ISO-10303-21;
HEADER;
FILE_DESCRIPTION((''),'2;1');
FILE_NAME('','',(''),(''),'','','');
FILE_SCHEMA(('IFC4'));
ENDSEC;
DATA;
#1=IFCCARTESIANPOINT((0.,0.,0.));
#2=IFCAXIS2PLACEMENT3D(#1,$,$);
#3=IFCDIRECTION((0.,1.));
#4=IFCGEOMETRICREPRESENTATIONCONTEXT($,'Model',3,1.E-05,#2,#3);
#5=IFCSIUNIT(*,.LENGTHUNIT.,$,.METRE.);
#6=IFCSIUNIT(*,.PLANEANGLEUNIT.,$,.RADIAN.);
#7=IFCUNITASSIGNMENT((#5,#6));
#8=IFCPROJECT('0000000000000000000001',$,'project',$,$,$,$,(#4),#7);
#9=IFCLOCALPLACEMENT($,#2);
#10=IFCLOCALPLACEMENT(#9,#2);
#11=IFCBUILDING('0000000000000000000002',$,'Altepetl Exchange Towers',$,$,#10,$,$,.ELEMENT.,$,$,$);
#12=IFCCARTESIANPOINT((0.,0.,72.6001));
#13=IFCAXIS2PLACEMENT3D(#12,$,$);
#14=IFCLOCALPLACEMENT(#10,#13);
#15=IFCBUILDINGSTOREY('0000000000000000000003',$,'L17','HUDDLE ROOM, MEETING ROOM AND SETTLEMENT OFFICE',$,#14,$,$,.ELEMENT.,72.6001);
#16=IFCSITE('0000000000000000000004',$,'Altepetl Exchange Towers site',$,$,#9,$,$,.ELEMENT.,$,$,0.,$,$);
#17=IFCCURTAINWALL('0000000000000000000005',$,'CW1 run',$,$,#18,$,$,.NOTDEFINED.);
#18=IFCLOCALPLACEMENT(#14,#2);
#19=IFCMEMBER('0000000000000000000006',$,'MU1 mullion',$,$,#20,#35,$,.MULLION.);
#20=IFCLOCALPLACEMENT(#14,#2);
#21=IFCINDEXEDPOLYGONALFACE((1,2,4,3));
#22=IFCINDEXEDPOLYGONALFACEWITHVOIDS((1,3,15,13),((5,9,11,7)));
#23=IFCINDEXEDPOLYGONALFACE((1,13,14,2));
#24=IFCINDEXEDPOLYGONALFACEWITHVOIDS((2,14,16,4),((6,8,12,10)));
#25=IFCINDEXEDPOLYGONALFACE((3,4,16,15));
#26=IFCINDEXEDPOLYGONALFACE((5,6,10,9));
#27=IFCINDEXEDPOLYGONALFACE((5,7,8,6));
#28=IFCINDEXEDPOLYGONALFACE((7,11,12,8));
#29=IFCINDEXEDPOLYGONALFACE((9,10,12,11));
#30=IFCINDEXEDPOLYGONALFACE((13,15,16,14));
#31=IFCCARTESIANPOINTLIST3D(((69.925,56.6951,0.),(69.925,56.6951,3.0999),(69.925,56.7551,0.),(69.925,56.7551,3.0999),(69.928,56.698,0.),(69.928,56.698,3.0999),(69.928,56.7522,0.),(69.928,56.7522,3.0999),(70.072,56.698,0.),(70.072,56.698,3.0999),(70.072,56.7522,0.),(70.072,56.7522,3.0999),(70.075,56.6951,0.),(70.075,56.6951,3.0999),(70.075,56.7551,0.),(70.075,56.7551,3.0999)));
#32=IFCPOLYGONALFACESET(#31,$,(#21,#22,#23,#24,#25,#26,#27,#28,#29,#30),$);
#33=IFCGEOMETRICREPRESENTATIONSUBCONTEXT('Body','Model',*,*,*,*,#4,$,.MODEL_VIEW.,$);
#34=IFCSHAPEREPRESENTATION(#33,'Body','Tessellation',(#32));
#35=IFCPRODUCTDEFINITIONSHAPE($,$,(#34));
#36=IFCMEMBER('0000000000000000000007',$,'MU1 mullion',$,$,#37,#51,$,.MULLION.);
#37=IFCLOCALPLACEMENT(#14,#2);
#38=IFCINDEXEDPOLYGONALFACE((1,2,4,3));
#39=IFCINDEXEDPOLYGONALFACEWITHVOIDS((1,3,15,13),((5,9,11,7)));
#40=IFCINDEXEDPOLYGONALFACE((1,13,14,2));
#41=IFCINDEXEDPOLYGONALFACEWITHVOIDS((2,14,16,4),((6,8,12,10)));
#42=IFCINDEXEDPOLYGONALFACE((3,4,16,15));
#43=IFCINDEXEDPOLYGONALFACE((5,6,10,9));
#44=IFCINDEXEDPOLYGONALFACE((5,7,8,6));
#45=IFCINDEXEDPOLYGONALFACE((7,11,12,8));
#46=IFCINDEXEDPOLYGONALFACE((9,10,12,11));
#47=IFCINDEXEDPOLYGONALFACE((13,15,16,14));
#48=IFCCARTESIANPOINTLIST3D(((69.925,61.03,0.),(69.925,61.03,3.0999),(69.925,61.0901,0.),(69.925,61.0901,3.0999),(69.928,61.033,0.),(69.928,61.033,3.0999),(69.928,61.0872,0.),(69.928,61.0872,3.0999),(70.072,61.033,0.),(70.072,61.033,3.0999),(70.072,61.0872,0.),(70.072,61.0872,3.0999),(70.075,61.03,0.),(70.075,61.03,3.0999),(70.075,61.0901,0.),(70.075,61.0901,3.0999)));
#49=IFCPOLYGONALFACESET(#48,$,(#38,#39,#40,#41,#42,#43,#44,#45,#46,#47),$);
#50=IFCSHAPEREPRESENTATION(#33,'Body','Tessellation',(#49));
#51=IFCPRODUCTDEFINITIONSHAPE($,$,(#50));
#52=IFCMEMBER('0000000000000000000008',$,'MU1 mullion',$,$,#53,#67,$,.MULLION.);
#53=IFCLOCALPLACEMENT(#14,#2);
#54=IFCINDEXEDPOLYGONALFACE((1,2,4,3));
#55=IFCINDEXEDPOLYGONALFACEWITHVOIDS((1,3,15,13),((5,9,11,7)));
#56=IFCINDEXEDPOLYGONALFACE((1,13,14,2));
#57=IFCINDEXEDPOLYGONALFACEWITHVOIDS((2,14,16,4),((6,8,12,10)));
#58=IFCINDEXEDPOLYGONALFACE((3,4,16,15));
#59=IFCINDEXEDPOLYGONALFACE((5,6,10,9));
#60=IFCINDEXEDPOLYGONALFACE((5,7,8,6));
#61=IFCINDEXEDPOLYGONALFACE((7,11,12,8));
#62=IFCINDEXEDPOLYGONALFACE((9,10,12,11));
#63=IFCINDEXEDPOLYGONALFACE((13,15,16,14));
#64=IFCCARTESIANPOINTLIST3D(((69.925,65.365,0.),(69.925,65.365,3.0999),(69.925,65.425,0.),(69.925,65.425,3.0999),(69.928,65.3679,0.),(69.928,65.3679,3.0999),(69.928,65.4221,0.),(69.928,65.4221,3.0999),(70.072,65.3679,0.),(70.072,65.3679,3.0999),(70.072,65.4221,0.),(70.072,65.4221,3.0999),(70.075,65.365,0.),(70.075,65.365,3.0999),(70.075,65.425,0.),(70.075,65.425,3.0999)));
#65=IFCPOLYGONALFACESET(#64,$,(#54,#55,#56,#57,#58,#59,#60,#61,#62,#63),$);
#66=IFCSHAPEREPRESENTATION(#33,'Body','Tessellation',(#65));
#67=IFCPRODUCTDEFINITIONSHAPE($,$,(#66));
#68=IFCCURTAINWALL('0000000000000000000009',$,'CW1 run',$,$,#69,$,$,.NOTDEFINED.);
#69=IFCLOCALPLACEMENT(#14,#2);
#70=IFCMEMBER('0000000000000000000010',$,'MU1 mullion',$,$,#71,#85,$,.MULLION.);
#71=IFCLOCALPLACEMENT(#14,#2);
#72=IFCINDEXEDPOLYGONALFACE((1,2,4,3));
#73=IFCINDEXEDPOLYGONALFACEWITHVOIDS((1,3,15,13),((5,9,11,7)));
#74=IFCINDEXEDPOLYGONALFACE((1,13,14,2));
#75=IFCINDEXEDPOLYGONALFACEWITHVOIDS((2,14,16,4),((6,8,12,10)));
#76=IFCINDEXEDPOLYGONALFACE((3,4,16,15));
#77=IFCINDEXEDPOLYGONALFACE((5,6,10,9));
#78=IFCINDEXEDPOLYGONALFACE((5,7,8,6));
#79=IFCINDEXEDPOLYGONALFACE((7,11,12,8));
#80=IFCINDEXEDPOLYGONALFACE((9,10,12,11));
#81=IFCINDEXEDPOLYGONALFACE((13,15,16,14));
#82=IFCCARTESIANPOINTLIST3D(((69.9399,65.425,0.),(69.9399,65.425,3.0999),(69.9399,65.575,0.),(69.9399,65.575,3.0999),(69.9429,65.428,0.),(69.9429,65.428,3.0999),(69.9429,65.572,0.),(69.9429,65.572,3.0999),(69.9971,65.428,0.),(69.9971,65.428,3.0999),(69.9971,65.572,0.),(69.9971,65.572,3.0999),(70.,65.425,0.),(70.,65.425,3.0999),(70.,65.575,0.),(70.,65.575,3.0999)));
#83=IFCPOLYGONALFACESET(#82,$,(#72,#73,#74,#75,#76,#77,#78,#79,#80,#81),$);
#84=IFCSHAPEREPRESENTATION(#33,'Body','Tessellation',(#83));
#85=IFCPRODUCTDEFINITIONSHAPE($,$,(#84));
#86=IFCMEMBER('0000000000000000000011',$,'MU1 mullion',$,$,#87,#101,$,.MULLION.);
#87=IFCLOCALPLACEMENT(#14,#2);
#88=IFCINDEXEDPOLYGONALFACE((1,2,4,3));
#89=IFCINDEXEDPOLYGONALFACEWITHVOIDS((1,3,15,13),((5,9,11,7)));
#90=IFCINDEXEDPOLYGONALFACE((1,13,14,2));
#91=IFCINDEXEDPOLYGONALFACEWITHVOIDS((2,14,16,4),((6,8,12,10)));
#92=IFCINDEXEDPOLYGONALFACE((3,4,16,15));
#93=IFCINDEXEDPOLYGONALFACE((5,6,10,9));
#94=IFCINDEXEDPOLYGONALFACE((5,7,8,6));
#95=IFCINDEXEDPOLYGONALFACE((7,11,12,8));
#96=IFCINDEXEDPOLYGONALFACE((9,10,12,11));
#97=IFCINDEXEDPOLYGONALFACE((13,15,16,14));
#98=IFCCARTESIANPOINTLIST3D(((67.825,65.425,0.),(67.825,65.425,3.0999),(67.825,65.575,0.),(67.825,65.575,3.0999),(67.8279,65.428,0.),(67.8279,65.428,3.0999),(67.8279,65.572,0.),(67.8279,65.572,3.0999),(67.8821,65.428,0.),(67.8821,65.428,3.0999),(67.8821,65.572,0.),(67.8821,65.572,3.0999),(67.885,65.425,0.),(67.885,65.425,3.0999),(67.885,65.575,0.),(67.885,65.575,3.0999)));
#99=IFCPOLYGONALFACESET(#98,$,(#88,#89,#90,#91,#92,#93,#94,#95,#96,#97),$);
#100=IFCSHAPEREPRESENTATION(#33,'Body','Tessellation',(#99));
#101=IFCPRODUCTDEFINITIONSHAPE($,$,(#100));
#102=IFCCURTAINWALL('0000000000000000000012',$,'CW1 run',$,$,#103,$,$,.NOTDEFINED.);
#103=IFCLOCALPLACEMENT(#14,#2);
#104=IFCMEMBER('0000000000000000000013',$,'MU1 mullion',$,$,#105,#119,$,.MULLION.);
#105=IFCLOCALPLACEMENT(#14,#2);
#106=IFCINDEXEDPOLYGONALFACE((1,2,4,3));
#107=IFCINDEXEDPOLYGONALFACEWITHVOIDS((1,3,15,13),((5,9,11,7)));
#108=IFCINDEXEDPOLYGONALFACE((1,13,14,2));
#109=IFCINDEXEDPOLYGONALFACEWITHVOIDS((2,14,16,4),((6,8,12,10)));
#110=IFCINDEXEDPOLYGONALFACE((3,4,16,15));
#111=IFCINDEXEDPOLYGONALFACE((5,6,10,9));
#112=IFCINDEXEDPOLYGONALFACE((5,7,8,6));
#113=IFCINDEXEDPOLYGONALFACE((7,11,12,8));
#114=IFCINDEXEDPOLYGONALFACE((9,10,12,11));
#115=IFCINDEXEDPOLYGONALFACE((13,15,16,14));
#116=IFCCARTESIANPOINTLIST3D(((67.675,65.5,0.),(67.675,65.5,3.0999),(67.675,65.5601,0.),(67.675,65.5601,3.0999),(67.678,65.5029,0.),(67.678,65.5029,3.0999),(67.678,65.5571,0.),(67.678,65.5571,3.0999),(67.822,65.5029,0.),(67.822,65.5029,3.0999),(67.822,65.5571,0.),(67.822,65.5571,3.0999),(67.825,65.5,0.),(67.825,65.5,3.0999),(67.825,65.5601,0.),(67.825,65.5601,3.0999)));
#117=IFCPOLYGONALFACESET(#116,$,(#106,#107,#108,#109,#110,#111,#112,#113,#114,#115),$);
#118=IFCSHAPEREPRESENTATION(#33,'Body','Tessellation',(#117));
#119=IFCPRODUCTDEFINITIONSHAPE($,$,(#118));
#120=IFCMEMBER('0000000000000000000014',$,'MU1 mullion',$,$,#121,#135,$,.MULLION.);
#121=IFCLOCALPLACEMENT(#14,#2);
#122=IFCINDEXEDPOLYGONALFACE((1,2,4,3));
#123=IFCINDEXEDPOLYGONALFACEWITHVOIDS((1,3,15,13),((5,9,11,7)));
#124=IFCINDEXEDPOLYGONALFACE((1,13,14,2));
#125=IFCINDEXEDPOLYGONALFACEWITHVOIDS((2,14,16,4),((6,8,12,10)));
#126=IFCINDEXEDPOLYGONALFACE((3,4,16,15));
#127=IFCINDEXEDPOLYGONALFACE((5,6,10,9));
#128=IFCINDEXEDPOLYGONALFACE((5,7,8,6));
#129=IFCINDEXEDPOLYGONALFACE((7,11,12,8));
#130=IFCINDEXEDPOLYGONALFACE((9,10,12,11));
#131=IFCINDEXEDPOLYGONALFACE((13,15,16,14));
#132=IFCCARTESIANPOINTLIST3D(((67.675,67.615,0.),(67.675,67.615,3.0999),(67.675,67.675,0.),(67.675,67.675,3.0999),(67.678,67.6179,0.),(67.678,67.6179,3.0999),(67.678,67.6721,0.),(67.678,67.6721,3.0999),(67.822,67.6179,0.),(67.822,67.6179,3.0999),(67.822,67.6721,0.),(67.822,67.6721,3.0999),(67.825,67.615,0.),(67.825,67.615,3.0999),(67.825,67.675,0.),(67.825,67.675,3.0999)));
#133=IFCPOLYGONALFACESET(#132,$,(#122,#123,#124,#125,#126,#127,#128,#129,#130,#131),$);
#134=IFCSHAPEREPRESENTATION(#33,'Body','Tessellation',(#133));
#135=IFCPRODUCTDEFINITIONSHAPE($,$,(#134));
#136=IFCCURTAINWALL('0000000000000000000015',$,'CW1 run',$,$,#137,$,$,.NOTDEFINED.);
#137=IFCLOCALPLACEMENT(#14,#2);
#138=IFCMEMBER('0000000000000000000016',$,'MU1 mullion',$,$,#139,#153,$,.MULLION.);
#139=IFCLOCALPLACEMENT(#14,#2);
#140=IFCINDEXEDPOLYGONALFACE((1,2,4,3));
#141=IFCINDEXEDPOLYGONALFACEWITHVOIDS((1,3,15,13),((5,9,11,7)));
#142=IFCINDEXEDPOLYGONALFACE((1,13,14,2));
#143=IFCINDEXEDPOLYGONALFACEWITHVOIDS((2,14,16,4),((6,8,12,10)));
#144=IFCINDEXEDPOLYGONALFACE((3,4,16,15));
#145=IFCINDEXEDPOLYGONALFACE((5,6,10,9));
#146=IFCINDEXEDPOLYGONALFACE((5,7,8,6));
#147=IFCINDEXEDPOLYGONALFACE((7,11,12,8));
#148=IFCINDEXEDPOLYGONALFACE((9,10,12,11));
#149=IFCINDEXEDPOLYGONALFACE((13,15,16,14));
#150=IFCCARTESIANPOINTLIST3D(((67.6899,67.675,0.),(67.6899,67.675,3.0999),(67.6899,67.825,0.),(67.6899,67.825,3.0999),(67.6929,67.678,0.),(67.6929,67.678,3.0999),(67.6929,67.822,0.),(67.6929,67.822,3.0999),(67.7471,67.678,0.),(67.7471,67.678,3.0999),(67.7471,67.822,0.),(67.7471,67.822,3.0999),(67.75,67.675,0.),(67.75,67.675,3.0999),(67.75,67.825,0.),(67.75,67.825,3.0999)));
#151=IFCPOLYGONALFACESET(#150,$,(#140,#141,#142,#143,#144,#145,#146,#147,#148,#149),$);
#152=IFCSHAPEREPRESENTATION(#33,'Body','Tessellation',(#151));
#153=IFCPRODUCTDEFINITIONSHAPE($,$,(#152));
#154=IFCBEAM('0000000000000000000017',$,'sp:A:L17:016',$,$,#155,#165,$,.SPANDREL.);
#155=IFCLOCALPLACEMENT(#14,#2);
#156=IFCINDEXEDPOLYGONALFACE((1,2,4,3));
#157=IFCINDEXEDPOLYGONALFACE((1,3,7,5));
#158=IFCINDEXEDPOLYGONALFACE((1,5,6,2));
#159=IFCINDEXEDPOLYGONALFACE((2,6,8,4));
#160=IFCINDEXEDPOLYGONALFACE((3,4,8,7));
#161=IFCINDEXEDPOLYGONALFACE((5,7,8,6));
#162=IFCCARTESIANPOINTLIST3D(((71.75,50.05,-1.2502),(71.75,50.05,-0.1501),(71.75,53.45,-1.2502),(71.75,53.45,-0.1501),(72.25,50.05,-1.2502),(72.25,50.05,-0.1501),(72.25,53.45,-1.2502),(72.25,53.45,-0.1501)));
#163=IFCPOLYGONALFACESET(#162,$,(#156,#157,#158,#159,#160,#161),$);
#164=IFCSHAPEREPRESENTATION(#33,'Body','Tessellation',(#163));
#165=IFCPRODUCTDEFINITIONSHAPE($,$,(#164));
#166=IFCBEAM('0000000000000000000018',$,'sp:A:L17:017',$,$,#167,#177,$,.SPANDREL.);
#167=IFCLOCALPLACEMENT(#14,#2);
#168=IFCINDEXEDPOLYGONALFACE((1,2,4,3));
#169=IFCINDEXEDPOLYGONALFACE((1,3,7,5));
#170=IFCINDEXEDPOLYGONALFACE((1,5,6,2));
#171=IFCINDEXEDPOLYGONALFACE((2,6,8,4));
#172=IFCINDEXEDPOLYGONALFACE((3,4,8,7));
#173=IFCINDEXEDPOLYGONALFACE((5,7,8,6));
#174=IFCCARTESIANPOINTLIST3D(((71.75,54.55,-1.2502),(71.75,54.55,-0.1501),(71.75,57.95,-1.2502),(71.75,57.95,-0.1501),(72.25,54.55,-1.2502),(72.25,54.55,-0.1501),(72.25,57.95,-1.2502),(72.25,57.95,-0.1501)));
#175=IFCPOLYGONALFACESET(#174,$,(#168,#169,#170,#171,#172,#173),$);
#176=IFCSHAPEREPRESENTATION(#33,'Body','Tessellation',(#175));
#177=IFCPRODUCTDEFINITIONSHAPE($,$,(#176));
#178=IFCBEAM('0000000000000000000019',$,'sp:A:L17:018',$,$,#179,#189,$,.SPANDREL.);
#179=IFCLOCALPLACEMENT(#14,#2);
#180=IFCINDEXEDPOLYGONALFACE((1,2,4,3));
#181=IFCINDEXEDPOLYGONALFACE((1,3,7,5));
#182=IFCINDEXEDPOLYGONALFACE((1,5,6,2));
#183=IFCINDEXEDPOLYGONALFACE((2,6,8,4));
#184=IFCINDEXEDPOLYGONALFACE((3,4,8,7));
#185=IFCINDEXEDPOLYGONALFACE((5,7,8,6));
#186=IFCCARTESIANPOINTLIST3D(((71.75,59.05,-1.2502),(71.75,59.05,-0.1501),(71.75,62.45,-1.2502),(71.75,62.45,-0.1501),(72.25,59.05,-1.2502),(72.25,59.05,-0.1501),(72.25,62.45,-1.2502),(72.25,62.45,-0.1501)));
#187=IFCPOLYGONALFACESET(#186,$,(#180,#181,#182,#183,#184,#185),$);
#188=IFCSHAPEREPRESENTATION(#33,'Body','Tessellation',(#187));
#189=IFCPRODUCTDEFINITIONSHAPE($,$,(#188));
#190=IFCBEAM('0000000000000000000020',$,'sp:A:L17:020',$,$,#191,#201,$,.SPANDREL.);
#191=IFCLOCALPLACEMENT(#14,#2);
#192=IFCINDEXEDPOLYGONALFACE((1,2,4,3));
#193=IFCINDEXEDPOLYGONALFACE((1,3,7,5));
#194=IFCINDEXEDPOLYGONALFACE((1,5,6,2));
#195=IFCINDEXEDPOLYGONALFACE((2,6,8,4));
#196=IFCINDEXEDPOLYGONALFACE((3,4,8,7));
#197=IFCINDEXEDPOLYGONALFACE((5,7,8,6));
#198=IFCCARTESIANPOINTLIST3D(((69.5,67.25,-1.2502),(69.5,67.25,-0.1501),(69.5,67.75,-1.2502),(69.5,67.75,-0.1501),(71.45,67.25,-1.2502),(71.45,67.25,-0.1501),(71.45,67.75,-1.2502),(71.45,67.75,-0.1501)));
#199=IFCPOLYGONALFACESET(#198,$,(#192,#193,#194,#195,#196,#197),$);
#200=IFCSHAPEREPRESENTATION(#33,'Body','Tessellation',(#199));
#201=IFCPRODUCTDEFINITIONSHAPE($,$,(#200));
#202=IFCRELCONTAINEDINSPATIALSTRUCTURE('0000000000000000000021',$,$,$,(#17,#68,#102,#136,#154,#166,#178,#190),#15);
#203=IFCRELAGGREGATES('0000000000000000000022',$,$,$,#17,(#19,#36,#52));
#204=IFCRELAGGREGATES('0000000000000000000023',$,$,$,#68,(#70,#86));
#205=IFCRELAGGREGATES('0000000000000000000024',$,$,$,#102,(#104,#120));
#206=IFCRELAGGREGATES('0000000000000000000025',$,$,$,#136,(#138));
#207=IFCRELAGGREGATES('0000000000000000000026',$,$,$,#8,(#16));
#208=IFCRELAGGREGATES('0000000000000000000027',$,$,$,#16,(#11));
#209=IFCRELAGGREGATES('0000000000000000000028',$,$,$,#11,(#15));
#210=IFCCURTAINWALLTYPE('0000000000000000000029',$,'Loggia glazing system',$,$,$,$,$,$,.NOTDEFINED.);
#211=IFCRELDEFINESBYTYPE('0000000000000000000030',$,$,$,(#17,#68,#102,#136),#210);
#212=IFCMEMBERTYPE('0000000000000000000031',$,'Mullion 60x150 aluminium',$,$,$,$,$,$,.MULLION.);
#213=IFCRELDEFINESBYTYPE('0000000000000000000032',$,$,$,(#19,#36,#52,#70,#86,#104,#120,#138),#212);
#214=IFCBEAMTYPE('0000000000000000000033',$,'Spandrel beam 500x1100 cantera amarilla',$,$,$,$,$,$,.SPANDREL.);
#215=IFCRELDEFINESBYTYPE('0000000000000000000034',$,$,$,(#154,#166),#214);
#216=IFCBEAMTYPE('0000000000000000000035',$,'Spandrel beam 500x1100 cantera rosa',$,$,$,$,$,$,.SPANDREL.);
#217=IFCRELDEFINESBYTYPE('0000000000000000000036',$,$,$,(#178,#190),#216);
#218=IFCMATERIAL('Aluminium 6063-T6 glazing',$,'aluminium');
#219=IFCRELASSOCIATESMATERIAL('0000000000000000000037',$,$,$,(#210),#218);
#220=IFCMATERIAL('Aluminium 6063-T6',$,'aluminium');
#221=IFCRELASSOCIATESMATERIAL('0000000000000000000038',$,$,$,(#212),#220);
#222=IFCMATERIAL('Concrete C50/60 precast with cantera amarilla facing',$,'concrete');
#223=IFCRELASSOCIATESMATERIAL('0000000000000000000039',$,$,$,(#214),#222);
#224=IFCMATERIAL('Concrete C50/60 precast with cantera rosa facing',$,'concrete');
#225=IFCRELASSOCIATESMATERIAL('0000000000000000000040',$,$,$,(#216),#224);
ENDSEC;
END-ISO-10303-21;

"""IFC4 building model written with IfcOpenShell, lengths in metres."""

from ifc_helpers import new_model, si_unit, direction, frame, origin, origin_2d, place, context, subcontext, project, spatial, rectangle, hollow_rectangle, extrude, material, material_profile, profile_set, type_object, element, aggregate, save


model = new_model("IFC4")

# Units and contexts
model_context = context("Model", 3, precision=1e-05, world=origin(), true_north=direction((0.0, 1.0)))
body_context = subcontext(model_context, "Body", "Model", "MODEL_VIEW")
ifc_project = project(units=[si_unit("LENGTHUNIT", "METRE"), si_unit("PLANEANGLEUNIT", "RADIAN")], contexts=[model_context])

# Site, building, storey
site_placement = place(None, origin())
site = spatial("IfcSite", under=ifc_project, at=site_placement, Name="Altepetl Exchange Towers site", CompositionType="ELEMENT", RefElevation=0.0)
building_placement = place(site_placement, origin())
building = spatial("IfcBuilding", under=site, at=building_placement, Name="Altepetl Exchange Towers", CompositionType="ELEMENT")
storey_placement = place(building_placement, frame((0.0, 0.0, 72.6001)))
storey = spatial("IfcBuildingStorey", under=building, at=storey_placement, Name="L17", Description="HUDDLE ROOM, MEETING ROOM AND SETTLEMENT OFFICE", CompositionType="ELEMENT", Elevation=72.6001)

# Curtain walls, members
ifc_material_1 = material(Name="Aluminium 6063-T6 glazing", Category="aluminium")
curtain_wall_type = type_object("IfcCurtainWallType", Name="Loggia glazing system", PredefinedType="NOTDEFINED", material=ifc_material_1)
ifc_material_2 = material(Name="Aluminium 6063-T6", Category="aluminium")
ifc_material_profile_1 = material_profile(ifc_material_2, hollow_rectangle(XDim=0.0601, YDim=0.1499, WallThickness=0.0029, at=origin_2d()), Name="Mullion 60x150 aluminium")
ifc_profile_set_1 = profile_set([ifc_material_profile_1], Name="Aluminium 6063-T6")
member_type = type_object("IfcMemberType", Name="Mullion 60x150 aluminium", PredefinedType="MULLION", material=ifc_profile_set_1)
curtain_wall_1_placement = place(storey_placement, origin())
curtain_wall_1 = element("IfcCurtainWall", 1, at=curtain_wall_1_placement, inside=storey, type_object=curtain_wall_type, Name="CW1 run", PredefinedType="NOTDEFINED")
member_1_placement = place(storey_placement, frame((70.0, 56.7251, 0.0), z_axis=(0.0, 0.0, 1.0), x_axis=(0.0, 1.0, 0.0)))
member_1 = element("IfcMember", 2, at=member_1_placement, type_object=member_type, Name="MU1 mullion", PredefinedType="MULLION", context=body_context, shape_type="SweptSolid", body=[
    extrude(hollow_rectangle(XDim=0.0601, YDim=0.1499, WallThickness=0.0029, at=origin_2d()), origin(), (0.0, 0.0, 1.0), 3.0999),
])
member_2_placement = place(storey_placement, frame((70.0, 61.0601, 0.0), z_axis=(0.0, 0.0, 1.0), x_axis=(0.0, 1.0, 0.0)))
member_2 = element("IfcMember", 3, at=member_2_placement, type_object=member_type, Name="MU1 mullion", PredefinedType="MULLION", context=body_context, shape_type="SweptSolid", body=[
    extrude(hollow_rectangle(XDim=0.0601, YDim=0.1499, WallThickness=0.0029, at=origin_2d()), origin(), (0.0, 0.0, 1.0), 3.0999),
])
member_3_placement = place(storey_placement, frame((70.0, 65.395, 0.0), z_axis=(0.0, 0.0, 1.0), x_axis=(0.0, 1.0, 0.0)))
member_3 = element("IfcMember", 4, at=member_3_placement, type_object=member_type, Name="MU1 mullion", PredefinedType="MULLION", context=body_context, shape_type="SweptSolid", body=[
    extrude(hollow_rectangle(XDim=0.0601, YDim=0.1499, WallThickness=0.0029, at=origin_2d()), origin(), (0.0, 0.0, 1.0), 3.0999),
])
curtain_wall_2_placement = place(storey_placement, origin())
curtain_wall_2 = element("IfcCurtainWall", 5, at=curtain_wall_2_placement, inside=storey, type_object=curtain_wall_type, Name="CW1 run", PredefinedType="NOTDEFINED")
member_4_placement = place(storey_placement, frame((69.97, 65.5, 0.0), z_axis=(0.0, 0.0, 1.0), x_axis=(-1.0, 0.0, 0.0)))
member_4 = element("IfcMember", 6, at=member_4_placement, type_object=member_type, Name="MU1 mullion", PredefinedType="MULLION", context=body_context, shape_type="SweptSolid", body=[
    extrude(hollow_rectangle(XDim=0.0601, YDim=0.1499, WallThickness=0.0029, at=origin_2d()), origin(), (0.0, 0.0, 1.0), 3.0999),
])
member_5_placement = place(storey_placement, frame((67.855, 65.5, 0.0), z_axis=(0.0, 0.0, 1.0), x_axis=(-1.0, 0.0, 0.0)))
member_5 = element("IfcMember", 7, at=member_5_placement, type_object=member_type, Name="MU1 mullion", PredefinedType="MULLION", context=body_context, shape_type="SweptSolid", body=[
    extrude(hollow_rectangle(XDim=0.0601, YDim=0.1499, WallThickness=0.0029, at=origin_2d()), origin(), (0.0, 0.0, 1.0), 3.0999),
])
curtain_wall_3_placement = place(storey_placement, origin())
curtain_wall_3 = element("IfcCurtainWall", 8, at=curtain_wall_3_placement, inside=storey, type_object=curtain_wall_type, Name="CW1 run", PredefinedType="NOTDEFINED")
member_6_placement = place(storey_placement, frame((67.75, 65.53, 0.0), z_axis=(0.0, 0.0, 1.0), x_axis=(0.0, 1.0, 0.0)))
member_6 = element("IfcMember", 9, at=member_6_placement, type_object=member_type, Name="MU1 mullion", PredefinedType="MULLION", context=body_context, shape_type="SweptSolid", body=[
    extrude(hollow_rectangle(XDim=0.0601, YDim=0.1499, WallThickness=0.0029, at=origin_2d()), origin(), (0.0, 0.0, 1.0), 3.0999),
])
member_7_placement = place(storey_placement, frame((67.75, 67.645, 0.0), z_axis=(0.0, 0.0, 1.0), x_axis=(0.0, 1.0, 0.0)))
member_7 = element("IfcMember", 10, at=member_7_placement, type_object=member_type, Name="MU1 mullion", PredefinedType="MULLION", context=body_context, shape_type="SweptSolid", body=[
    extrude(hollow_rectangle(XDim=0.0601, YDim=0.1499, WallThickness=0.0029, at=origin_2d()), origin(), (0.0, 0.0, 1.0), 3.0999),
])

# Curtain wall, member
curtain_wall_4_placement = place(storey_placement, origin())
curtain_wall_4 = element("IfcCurtainWall", 11, at=curtain_wall_4_placement, inside=storey, type_object=curtain_wall_type, Name="CW1 run", PredefinedType="NOTDEFINED")
member_8_placement = place(storey_placement, frame((67.72, 67.75, 0.0), z_axis=(0.0, 0.0, 1.0), x_axis=(-1.0, 0.0, 0.0)))
member_8 = element("IfcMember", 12, at=member_8_placement, type_object=member_type, Name="MU1 mullion", PredefinedType="MULLION", context=body_context, shape_type="SweptSolid", body=[
    extrude(hollow_rectangle(XDim=0.0601, YDim=0.1499, WallThickness=0.0029, at=origin_2d()), origin(), (0.0, 0.0, 1.0), 3.0999),
])

# Beams
ifc_material_3 = material(Name="Concrete C50/60 precast with cantera amarilla facing", Category="concrete")
ifc_material_profile_2 = material_profile(ifc_material_3, rectangle(XDim=0.5, YDim=1.1001, at=origin_2d()), Name="500 x 1100")
ifc_profile_set_2 = profile_set([ifc_material_profile_2], Name="Concrete C50/60 precast with cantera amarilla facing")
beam_type_1 = type_object("IfcBeamType", Name="Spandrel beam 500x1100 cantera amarilla", PredefinedType="SPANDREL", material=ifc_profile_set_2)
for number, where, z_axis, x_axis, name in (
    (13, (72.0, 50.05, -0.7002), (0.0, 1.0, 0.0), (-1.0, 0.0, 0.0), "sp:A:L17:016"),
    (14, (72.0, 54.55, -0.7002), (0.0, 1.0, 0.0), (-1.0, 0.0, 0.0), "sp:A:L17:017"),
):
    element("IfcBeam", number, at=place(storey_placement, frame(where, z_axis=z_axis, x_axis=x_axis)), inside=storey, type_object=beam_type_1, Name=name, PredefinedType="SPANDREL", context=body_context, shape_type="SweptSolid", body=[
        extrude(rectangle(XDim=0.5, YDim=1.1001, at=origin_2d()), origin(), (0.0, 0.0, 1.0), 3.3999),
    ])
ifc_material_4 = material(Name="Concrete C50/60 precast with cantera rosa facing", Category="concrete")
ifc_material_profile_3 = material_profile(ifc_material_4, rectangle(XDim=0.5, YDim=1.1001, at=origin_2d()), Name="500 x 1100")
ifc_profile_set_3 = profile_set([ifc_material_profile_3], Name="Concrete C50/60 precast with cantera rosa facing")
beam_type_2 = type_object("IfcBeamType", Name="Spandrel beam 500x1100 cantera rosa", PredefinedType="SPANDREL", material=ifc_profile_set_3)
beam_1_placement = place(storey_placement, frame((72.0, 59.05, -0.7002), z_axis=(0.0, 1.0, 0.0), x_axis=(-1.0, 0.0, 0.0)))
element("IfcBeam", 15, at=beam_1_placement, inside=storey, type_object=beam_type_2, Name="sp:A:L17:018", PredefinedType="SPANDREL", context=body_context, shape_type="SweptSolid", body=[
    extrude(rectangle(XDim=0.5, YDim=1.1001, at=origin_2d()), origin(), (0.0, 0.0, 1.0), 3.3999),
])
beam_2_placement = place(storey_placement, frame((71.45, 67.5, -0.7002), z_axis=(-1.0, 0.0, 0.0), x_axis=(0.0, -1.0, 0.0)))
element("IfcBeam", 16, at=beam_2_placement, inside=storey, type_object=beam_type_2, Name="sp:A:L17:020", PredefinedType="SPANDREL", context=body_context, shape_type="SweptSolid", body=[
    extrude(rectangle(XDim=0.5, YDim=1.1001, at=origin_2d()), origin(), (0.0, 0.0, 1.0), 1.95),
])

aggregate(curtain_wall_1, [member_1, member_2, member_3])
aggregate(curtain_wall_2, [member_4, member_5])
aggregate(curtain_wall_3, [member_6, member_7])
aggregate(curtain_wall_4, [member_8])

save(model, "model.ifc")
